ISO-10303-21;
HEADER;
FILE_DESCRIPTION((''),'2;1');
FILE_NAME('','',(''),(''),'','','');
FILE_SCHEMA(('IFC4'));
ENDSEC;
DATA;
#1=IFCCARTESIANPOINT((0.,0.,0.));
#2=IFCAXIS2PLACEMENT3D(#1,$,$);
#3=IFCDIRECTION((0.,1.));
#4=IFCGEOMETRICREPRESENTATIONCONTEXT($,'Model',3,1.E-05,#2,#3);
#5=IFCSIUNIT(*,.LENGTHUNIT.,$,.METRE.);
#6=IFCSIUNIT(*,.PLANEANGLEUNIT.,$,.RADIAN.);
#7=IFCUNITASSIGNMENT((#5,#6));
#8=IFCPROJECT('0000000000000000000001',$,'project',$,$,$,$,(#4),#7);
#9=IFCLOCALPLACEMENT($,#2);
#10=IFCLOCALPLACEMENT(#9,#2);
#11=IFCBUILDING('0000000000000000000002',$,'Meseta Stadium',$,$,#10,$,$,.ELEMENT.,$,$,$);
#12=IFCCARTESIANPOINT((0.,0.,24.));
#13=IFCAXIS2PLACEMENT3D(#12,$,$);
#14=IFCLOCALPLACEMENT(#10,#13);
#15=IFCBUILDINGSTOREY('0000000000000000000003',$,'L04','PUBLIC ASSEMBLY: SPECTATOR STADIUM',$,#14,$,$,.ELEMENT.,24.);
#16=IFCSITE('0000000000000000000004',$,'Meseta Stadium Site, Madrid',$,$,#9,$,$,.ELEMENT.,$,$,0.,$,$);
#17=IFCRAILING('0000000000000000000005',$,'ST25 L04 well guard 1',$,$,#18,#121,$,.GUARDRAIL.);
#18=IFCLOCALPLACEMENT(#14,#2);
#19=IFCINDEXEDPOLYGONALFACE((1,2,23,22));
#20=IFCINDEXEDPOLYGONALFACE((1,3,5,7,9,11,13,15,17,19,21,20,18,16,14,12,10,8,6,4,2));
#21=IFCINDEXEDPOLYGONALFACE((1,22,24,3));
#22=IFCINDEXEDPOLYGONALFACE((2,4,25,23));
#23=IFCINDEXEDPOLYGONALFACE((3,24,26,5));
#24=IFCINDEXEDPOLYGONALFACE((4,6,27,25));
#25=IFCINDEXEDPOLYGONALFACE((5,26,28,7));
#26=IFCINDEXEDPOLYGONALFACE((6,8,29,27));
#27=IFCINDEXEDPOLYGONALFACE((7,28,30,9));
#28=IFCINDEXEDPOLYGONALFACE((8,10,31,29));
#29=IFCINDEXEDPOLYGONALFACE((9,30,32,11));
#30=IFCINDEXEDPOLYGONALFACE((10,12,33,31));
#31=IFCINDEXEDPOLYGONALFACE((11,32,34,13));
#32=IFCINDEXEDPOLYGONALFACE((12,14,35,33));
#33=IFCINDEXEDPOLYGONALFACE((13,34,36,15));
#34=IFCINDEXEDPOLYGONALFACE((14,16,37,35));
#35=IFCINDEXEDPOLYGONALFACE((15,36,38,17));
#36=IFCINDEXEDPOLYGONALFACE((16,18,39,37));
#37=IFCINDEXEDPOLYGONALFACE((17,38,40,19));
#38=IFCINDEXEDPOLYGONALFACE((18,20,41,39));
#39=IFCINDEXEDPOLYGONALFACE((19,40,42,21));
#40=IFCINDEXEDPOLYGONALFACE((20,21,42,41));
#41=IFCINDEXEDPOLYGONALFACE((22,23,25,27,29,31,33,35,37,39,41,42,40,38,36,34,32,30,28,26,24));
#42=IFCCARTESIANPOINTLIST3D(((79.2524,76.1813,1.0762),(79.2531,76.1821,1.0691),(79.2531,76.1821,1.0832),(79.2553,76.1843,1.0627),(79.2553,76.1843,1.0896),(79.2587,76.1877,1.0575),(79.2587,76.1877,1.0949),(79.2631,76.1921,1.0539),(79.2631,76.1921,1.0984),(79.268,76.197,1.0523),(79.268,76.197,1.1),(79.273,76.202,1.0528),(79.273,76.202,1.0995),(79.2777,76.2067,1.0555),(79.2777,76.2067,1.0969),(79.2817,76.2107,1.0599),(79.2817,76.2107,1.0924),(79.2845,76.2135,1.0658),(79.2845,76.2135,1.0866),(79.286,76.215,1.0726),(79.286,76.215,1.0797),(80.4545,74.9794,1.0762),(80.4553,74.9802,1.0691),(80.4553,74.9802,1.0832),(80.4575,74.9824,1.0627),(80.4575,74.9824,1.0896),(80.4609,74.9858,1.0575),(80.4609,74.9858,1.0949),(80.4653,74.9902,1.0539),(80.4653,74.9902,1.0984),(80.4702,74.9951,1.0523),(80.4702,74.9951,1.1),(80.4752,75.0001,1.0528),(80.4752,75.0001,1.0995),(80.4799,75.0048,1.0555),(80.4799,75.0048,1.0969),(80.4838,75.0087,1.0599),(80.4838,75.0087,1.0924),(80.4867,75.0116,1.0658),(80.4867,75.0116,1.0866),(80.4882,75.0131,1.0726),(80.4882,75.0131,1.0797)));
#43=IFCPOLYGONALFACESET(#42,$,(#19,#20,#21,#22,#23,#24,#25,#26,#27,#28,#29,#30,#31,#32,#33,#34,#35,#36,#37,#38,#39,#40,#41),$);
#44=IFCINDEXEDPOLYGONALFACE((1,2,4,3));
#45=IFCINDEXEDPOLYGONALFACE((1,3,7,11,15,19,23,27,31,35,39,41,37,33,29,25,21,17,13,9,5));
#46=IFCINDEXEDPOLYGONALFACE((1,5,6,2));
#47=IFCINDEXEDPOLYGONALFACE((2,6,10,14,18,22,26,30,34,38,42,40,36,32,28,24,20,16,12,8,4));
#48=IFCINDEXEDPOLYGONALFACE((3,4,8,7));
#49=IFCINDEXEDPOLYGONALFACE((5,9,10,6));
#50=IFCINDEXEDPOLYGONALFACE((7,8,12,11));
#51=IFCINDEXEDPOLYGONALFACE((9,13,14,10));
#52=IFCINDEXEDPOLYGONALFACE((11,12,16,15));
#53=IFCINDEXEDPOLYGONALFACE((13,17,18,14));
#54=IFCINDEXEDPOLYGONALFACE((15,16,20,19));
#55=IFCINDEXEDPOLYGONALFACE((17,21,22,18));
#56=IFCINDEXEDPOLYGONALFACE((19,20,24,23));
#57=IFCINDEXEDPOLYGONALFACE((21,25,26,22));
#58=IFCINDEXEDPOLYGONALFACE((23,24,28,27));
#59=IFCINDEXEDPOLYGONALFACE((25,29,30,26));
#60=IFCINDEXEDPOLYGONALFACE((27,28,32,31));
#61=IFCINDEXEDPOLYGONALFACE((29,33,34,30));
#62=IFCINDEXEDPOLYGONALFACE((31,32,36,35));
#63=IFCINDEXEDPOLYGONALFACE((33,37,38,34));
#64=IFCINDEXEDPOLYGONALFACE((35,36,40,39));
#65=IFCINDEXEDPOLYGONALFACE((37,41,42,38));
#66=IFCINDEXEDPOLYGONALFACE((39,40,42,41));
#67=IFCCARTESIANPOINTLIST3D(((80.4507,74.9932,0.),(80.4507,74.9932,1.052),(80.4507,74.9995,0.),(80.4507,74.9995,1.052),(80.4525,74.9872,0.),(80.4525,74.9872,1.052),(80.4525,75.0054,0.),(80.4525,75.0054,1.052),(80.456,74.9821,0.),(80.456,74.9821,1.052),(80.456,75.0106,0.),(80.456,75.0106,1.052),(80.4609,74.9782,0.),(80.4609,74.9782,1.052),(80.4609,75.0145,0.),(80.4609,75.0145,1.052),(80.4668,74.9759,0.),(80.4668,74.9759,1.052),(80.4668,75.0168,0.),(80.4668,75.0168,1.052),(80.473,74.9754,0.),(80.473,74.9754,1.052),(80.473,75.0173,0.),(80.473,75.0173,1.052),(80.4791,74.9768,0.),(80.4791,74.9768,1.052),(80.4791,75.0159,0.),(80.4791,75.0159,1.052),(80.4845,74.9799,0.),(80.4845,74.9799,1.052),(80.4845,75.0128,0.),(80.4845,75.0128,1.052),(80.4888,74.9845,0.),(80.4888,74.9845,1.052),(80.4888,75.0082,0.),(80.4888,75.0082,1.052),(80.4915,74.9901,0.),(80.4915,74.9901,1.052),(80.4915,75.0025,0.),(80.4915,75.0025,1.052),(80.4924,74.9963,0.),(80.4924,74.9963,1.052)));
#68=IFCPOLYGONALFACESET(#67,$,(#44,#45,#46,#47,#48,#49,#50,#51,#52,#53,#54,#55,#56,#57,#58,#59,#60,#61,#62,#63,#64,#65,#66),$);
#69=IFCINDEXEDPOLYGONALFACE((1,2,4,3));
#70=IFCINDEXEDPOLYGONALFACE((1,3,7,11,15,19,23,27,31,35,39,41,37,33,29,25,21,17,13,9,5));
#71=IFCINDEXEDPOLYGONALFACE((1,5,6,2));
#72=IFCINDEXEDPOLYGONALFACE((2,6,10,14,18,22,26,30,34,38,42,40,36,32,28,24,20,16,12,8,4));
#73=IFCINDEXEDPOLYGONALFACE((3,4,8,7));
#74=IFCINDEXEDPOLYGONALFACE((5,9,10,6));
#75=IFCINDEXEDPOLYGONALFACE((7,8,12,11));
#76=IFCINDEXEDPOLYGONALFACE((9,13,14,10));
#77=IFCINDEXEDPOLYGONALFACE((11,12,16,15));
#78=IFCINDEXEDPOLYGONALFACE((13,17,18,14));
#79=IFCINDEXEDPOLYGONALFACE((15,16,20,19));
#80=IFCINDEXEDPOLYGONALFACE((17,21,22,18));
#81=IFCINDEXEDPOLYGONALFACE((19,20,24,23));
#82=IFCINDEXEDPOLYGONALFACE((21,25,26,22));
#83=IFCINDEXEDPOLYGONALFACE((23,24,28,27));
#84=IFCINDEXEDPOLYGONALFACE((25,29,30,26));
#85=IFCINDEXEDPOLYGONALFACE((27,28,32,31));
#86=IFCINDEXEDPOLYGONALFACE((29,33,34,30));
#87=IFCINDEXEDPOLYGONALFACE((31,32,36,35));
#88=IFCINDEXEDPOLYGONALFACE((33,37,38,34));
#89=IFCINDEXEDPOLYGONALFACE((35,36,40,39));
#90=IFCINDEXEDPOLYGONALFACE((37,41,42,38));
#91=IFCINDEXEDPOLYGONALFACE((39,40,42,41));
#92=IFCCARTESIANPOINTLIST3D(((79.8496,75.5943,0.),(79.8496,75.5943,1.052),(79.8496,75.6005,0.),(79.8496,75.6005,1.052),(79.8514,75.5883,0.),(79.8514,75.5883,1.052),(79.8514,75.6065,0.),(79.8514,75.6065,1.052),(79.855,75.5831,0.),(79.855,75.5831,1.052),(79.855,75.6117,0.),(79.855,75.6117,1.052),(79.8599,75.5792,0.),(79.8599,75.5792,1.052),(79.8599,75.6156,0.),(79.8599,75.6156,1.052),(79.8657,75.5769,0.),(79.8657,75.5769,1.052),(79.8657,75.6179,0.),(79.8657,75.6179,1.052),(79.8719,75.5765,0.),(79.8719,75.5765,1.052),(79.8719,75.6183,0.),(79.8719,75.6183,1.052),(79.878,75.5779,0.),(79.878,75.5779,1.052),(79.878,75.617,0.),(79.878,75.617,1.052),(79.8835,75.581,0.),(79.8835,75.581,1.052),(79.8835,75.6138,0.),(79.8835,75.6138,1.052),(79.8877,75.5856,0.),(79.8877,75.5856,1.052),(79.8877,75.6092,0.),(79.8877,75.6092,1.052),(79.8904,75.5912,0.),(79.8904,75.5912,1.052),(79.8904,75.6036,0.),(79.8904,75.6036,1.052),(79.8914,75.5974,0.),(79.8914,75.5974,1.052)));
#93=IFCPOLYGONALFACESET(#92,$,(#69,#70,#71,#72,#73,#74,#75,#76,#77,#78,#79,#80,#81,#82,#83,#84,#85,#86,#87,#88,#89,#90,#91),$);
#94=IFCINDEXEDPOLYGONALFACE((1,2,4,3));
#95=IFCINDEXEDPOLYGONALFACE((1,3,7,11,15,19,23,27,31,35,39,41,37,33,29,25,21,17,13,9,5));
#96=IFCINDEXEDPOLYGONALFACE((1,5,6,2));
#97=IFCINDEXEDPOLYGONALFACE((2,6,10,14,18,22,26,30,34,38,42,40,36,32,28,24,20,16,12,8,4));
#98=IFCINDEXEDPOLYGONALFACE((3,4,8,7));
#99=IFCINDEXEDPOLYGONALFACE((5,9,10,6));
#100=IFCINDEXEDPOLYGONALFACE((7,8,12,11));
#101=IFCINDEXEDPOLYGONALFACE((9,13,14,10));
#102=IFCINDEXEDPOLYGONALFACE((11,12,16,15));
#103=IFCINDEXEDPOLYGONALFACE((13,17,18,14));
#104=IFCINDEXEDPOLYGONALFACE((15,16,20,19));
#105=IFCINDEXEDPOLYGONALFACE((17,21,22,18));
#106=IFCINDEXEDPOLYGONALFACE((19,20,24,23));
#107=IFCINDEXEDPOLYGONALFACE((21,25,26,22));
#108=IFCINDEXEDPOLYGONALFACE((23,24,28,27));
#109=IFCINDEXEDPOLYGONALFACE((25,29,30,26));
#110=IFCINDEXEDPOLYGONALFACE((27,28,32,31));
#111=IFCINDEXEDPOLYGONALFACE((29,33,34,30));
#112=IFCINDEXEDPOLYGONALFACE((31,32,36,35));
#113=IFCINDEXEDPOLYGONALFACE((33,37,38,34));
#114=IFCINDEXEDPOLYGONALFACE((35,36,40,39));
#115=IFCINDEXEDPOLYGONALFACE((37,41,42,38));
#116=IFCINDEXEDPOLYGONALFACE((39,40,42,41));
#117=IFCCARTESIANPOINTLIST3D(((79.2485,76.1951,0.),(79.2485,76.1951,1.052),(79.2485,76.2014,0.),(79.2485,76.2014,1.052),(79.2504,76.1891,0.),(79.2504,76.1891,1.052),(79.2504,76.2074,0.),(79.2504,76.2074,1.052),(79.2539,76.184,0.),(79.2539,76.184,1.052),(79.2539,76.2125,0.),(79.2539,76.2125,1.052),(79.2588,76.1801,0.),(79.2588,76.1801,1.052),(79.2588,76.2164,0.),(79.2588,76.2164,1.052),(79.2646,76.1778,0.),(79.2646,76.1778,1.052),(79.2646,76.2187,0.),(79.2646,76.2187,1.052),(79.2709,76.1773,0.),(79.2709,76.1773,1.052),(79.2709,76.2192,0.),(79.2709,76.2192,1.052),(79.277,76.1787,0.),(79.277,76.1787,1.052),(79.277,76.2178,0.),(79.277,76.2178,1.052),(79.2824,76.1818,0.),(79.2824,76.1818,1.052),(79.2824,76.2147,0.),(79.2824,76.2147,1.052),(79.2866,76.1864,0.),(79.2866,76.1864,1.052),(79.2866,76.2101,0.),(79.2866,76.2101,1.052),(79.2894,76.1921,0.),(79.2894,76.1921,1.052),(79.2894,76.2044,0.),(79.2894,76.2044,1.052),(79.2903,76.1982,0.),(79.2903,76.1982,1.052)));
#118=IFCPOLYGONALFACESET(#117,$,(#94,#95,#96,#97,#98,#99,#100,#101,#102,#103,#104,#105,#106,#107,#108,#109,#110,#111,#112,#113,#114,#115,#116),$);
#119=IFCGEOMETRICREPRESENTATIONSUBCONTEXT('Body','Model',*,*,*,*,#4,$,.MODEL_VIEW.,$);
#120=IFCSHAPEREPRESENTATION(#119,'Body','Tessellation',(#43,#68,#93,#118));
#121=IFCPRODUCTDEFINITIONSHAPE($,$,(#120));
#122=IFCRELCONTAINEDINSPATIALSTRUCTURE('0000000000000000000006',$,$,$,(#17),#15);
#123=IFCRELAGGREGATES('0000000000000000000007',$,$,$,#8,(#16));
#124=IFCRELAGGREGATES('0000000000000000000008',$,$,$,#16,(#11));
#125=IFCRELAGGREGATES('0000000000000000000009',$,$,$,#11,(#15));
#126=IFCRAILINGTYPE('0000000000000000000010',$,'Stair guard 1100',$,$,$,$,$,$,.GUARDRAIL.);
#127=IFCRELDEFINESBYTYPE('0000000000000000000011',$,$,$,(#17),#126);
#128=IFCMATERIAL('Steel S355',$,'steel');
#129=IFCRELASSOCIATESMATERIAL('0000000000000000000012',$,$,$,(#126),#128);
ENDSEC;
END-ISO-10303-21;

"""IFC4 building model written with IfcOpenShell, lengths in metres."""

from ifc_helpers import new_model, si_unit, direction, frame, origin, origin_2d, place, context, subcontext, project, spatial, circle, extrude, material, type_object, element, save


model = new_model("IFC4")

# Units and contexts
model_context = context("Model", 3, precision=1e-05, world=origin(), true_north=direction((0.0, 1.0)))
body_context = subcontext(model_context, "Body", "Model", "MODEL_VIEW")
ifc_project = project(units=[si_unit("LENGTHUNIT", "METRE"), si_unit("PLANEANGLEUNIT", "RADIAN")], contexts=[model_context])

# Site, building, storey
site_placement = place(None, origin())
site = spatial("IfcSite", under=ifc_project, at=site_placement, Name="Meseta Stadium Site, Madrid", CompositionType="ELEMENT", RefElevation=0.0)
building_placement = place(site_placement, origin())
building = spatial("IfcBuilding", under=site, at=building_placement, Name="Meseta Stadium", CompositionType="ELEMENT")
storey_placement = place(building_placement, frame((0.0, 0.0, 24.0)))
storey = spatial("IfcBuildingStorey", under=building, at=storey_placement, Name="L04", Description="PUBLIC ASSEMBLY: SPECTATOR STADIUM", CompositionType="ELEMENT", Elevation=24.0)

# Railing
ifc_material_1 = material(Name="Steel S355", Category="steel")
railing_type = type_object("IfcRailingType", Name="Stair guard 1100", PredefinedType="GUARDRAIL", material=ifc_material_1)
railing_1_placement = place(storey_placement, frame((80.4714, 74.9963, 0.0)))
element("IfcRailing", 1, at=railing_1_placement, inside=storey, type_object=railing_type, Name="ST25 L04 well guard 1", PredefinedType="GUARDRAIL", context=body_context, shape_type="SweptSolid", body=[
    extrude(circle(Radius=0.0239, at=origin_2d()), frame((0.0, 0.0, 1.0762), z_axis=(-0.707179, 0.707035, 0.0), x_axis=(-0.707035, -0.707179, 0.0)), (0.0, 0.0, 1.0), 1.7),
    extrude(circle(Radius=0.021, at=origin_2d()), origin(), (0.0, 0.0, 1.0), 1.052),
    extrude(circle(Radius=0.021, at=origin_2d()), frame((-0.6011, 0.6011, 0.0)), (0.0, 0.0, 1.0), 1.052),
    extrude(circle(Radius=0.021, at=origin_2d()), frame((-1.2021, 1.2019, 0.0)), (0.0, 0.0, 1.0), 1.052),
])

save(model, "model.ifc")
